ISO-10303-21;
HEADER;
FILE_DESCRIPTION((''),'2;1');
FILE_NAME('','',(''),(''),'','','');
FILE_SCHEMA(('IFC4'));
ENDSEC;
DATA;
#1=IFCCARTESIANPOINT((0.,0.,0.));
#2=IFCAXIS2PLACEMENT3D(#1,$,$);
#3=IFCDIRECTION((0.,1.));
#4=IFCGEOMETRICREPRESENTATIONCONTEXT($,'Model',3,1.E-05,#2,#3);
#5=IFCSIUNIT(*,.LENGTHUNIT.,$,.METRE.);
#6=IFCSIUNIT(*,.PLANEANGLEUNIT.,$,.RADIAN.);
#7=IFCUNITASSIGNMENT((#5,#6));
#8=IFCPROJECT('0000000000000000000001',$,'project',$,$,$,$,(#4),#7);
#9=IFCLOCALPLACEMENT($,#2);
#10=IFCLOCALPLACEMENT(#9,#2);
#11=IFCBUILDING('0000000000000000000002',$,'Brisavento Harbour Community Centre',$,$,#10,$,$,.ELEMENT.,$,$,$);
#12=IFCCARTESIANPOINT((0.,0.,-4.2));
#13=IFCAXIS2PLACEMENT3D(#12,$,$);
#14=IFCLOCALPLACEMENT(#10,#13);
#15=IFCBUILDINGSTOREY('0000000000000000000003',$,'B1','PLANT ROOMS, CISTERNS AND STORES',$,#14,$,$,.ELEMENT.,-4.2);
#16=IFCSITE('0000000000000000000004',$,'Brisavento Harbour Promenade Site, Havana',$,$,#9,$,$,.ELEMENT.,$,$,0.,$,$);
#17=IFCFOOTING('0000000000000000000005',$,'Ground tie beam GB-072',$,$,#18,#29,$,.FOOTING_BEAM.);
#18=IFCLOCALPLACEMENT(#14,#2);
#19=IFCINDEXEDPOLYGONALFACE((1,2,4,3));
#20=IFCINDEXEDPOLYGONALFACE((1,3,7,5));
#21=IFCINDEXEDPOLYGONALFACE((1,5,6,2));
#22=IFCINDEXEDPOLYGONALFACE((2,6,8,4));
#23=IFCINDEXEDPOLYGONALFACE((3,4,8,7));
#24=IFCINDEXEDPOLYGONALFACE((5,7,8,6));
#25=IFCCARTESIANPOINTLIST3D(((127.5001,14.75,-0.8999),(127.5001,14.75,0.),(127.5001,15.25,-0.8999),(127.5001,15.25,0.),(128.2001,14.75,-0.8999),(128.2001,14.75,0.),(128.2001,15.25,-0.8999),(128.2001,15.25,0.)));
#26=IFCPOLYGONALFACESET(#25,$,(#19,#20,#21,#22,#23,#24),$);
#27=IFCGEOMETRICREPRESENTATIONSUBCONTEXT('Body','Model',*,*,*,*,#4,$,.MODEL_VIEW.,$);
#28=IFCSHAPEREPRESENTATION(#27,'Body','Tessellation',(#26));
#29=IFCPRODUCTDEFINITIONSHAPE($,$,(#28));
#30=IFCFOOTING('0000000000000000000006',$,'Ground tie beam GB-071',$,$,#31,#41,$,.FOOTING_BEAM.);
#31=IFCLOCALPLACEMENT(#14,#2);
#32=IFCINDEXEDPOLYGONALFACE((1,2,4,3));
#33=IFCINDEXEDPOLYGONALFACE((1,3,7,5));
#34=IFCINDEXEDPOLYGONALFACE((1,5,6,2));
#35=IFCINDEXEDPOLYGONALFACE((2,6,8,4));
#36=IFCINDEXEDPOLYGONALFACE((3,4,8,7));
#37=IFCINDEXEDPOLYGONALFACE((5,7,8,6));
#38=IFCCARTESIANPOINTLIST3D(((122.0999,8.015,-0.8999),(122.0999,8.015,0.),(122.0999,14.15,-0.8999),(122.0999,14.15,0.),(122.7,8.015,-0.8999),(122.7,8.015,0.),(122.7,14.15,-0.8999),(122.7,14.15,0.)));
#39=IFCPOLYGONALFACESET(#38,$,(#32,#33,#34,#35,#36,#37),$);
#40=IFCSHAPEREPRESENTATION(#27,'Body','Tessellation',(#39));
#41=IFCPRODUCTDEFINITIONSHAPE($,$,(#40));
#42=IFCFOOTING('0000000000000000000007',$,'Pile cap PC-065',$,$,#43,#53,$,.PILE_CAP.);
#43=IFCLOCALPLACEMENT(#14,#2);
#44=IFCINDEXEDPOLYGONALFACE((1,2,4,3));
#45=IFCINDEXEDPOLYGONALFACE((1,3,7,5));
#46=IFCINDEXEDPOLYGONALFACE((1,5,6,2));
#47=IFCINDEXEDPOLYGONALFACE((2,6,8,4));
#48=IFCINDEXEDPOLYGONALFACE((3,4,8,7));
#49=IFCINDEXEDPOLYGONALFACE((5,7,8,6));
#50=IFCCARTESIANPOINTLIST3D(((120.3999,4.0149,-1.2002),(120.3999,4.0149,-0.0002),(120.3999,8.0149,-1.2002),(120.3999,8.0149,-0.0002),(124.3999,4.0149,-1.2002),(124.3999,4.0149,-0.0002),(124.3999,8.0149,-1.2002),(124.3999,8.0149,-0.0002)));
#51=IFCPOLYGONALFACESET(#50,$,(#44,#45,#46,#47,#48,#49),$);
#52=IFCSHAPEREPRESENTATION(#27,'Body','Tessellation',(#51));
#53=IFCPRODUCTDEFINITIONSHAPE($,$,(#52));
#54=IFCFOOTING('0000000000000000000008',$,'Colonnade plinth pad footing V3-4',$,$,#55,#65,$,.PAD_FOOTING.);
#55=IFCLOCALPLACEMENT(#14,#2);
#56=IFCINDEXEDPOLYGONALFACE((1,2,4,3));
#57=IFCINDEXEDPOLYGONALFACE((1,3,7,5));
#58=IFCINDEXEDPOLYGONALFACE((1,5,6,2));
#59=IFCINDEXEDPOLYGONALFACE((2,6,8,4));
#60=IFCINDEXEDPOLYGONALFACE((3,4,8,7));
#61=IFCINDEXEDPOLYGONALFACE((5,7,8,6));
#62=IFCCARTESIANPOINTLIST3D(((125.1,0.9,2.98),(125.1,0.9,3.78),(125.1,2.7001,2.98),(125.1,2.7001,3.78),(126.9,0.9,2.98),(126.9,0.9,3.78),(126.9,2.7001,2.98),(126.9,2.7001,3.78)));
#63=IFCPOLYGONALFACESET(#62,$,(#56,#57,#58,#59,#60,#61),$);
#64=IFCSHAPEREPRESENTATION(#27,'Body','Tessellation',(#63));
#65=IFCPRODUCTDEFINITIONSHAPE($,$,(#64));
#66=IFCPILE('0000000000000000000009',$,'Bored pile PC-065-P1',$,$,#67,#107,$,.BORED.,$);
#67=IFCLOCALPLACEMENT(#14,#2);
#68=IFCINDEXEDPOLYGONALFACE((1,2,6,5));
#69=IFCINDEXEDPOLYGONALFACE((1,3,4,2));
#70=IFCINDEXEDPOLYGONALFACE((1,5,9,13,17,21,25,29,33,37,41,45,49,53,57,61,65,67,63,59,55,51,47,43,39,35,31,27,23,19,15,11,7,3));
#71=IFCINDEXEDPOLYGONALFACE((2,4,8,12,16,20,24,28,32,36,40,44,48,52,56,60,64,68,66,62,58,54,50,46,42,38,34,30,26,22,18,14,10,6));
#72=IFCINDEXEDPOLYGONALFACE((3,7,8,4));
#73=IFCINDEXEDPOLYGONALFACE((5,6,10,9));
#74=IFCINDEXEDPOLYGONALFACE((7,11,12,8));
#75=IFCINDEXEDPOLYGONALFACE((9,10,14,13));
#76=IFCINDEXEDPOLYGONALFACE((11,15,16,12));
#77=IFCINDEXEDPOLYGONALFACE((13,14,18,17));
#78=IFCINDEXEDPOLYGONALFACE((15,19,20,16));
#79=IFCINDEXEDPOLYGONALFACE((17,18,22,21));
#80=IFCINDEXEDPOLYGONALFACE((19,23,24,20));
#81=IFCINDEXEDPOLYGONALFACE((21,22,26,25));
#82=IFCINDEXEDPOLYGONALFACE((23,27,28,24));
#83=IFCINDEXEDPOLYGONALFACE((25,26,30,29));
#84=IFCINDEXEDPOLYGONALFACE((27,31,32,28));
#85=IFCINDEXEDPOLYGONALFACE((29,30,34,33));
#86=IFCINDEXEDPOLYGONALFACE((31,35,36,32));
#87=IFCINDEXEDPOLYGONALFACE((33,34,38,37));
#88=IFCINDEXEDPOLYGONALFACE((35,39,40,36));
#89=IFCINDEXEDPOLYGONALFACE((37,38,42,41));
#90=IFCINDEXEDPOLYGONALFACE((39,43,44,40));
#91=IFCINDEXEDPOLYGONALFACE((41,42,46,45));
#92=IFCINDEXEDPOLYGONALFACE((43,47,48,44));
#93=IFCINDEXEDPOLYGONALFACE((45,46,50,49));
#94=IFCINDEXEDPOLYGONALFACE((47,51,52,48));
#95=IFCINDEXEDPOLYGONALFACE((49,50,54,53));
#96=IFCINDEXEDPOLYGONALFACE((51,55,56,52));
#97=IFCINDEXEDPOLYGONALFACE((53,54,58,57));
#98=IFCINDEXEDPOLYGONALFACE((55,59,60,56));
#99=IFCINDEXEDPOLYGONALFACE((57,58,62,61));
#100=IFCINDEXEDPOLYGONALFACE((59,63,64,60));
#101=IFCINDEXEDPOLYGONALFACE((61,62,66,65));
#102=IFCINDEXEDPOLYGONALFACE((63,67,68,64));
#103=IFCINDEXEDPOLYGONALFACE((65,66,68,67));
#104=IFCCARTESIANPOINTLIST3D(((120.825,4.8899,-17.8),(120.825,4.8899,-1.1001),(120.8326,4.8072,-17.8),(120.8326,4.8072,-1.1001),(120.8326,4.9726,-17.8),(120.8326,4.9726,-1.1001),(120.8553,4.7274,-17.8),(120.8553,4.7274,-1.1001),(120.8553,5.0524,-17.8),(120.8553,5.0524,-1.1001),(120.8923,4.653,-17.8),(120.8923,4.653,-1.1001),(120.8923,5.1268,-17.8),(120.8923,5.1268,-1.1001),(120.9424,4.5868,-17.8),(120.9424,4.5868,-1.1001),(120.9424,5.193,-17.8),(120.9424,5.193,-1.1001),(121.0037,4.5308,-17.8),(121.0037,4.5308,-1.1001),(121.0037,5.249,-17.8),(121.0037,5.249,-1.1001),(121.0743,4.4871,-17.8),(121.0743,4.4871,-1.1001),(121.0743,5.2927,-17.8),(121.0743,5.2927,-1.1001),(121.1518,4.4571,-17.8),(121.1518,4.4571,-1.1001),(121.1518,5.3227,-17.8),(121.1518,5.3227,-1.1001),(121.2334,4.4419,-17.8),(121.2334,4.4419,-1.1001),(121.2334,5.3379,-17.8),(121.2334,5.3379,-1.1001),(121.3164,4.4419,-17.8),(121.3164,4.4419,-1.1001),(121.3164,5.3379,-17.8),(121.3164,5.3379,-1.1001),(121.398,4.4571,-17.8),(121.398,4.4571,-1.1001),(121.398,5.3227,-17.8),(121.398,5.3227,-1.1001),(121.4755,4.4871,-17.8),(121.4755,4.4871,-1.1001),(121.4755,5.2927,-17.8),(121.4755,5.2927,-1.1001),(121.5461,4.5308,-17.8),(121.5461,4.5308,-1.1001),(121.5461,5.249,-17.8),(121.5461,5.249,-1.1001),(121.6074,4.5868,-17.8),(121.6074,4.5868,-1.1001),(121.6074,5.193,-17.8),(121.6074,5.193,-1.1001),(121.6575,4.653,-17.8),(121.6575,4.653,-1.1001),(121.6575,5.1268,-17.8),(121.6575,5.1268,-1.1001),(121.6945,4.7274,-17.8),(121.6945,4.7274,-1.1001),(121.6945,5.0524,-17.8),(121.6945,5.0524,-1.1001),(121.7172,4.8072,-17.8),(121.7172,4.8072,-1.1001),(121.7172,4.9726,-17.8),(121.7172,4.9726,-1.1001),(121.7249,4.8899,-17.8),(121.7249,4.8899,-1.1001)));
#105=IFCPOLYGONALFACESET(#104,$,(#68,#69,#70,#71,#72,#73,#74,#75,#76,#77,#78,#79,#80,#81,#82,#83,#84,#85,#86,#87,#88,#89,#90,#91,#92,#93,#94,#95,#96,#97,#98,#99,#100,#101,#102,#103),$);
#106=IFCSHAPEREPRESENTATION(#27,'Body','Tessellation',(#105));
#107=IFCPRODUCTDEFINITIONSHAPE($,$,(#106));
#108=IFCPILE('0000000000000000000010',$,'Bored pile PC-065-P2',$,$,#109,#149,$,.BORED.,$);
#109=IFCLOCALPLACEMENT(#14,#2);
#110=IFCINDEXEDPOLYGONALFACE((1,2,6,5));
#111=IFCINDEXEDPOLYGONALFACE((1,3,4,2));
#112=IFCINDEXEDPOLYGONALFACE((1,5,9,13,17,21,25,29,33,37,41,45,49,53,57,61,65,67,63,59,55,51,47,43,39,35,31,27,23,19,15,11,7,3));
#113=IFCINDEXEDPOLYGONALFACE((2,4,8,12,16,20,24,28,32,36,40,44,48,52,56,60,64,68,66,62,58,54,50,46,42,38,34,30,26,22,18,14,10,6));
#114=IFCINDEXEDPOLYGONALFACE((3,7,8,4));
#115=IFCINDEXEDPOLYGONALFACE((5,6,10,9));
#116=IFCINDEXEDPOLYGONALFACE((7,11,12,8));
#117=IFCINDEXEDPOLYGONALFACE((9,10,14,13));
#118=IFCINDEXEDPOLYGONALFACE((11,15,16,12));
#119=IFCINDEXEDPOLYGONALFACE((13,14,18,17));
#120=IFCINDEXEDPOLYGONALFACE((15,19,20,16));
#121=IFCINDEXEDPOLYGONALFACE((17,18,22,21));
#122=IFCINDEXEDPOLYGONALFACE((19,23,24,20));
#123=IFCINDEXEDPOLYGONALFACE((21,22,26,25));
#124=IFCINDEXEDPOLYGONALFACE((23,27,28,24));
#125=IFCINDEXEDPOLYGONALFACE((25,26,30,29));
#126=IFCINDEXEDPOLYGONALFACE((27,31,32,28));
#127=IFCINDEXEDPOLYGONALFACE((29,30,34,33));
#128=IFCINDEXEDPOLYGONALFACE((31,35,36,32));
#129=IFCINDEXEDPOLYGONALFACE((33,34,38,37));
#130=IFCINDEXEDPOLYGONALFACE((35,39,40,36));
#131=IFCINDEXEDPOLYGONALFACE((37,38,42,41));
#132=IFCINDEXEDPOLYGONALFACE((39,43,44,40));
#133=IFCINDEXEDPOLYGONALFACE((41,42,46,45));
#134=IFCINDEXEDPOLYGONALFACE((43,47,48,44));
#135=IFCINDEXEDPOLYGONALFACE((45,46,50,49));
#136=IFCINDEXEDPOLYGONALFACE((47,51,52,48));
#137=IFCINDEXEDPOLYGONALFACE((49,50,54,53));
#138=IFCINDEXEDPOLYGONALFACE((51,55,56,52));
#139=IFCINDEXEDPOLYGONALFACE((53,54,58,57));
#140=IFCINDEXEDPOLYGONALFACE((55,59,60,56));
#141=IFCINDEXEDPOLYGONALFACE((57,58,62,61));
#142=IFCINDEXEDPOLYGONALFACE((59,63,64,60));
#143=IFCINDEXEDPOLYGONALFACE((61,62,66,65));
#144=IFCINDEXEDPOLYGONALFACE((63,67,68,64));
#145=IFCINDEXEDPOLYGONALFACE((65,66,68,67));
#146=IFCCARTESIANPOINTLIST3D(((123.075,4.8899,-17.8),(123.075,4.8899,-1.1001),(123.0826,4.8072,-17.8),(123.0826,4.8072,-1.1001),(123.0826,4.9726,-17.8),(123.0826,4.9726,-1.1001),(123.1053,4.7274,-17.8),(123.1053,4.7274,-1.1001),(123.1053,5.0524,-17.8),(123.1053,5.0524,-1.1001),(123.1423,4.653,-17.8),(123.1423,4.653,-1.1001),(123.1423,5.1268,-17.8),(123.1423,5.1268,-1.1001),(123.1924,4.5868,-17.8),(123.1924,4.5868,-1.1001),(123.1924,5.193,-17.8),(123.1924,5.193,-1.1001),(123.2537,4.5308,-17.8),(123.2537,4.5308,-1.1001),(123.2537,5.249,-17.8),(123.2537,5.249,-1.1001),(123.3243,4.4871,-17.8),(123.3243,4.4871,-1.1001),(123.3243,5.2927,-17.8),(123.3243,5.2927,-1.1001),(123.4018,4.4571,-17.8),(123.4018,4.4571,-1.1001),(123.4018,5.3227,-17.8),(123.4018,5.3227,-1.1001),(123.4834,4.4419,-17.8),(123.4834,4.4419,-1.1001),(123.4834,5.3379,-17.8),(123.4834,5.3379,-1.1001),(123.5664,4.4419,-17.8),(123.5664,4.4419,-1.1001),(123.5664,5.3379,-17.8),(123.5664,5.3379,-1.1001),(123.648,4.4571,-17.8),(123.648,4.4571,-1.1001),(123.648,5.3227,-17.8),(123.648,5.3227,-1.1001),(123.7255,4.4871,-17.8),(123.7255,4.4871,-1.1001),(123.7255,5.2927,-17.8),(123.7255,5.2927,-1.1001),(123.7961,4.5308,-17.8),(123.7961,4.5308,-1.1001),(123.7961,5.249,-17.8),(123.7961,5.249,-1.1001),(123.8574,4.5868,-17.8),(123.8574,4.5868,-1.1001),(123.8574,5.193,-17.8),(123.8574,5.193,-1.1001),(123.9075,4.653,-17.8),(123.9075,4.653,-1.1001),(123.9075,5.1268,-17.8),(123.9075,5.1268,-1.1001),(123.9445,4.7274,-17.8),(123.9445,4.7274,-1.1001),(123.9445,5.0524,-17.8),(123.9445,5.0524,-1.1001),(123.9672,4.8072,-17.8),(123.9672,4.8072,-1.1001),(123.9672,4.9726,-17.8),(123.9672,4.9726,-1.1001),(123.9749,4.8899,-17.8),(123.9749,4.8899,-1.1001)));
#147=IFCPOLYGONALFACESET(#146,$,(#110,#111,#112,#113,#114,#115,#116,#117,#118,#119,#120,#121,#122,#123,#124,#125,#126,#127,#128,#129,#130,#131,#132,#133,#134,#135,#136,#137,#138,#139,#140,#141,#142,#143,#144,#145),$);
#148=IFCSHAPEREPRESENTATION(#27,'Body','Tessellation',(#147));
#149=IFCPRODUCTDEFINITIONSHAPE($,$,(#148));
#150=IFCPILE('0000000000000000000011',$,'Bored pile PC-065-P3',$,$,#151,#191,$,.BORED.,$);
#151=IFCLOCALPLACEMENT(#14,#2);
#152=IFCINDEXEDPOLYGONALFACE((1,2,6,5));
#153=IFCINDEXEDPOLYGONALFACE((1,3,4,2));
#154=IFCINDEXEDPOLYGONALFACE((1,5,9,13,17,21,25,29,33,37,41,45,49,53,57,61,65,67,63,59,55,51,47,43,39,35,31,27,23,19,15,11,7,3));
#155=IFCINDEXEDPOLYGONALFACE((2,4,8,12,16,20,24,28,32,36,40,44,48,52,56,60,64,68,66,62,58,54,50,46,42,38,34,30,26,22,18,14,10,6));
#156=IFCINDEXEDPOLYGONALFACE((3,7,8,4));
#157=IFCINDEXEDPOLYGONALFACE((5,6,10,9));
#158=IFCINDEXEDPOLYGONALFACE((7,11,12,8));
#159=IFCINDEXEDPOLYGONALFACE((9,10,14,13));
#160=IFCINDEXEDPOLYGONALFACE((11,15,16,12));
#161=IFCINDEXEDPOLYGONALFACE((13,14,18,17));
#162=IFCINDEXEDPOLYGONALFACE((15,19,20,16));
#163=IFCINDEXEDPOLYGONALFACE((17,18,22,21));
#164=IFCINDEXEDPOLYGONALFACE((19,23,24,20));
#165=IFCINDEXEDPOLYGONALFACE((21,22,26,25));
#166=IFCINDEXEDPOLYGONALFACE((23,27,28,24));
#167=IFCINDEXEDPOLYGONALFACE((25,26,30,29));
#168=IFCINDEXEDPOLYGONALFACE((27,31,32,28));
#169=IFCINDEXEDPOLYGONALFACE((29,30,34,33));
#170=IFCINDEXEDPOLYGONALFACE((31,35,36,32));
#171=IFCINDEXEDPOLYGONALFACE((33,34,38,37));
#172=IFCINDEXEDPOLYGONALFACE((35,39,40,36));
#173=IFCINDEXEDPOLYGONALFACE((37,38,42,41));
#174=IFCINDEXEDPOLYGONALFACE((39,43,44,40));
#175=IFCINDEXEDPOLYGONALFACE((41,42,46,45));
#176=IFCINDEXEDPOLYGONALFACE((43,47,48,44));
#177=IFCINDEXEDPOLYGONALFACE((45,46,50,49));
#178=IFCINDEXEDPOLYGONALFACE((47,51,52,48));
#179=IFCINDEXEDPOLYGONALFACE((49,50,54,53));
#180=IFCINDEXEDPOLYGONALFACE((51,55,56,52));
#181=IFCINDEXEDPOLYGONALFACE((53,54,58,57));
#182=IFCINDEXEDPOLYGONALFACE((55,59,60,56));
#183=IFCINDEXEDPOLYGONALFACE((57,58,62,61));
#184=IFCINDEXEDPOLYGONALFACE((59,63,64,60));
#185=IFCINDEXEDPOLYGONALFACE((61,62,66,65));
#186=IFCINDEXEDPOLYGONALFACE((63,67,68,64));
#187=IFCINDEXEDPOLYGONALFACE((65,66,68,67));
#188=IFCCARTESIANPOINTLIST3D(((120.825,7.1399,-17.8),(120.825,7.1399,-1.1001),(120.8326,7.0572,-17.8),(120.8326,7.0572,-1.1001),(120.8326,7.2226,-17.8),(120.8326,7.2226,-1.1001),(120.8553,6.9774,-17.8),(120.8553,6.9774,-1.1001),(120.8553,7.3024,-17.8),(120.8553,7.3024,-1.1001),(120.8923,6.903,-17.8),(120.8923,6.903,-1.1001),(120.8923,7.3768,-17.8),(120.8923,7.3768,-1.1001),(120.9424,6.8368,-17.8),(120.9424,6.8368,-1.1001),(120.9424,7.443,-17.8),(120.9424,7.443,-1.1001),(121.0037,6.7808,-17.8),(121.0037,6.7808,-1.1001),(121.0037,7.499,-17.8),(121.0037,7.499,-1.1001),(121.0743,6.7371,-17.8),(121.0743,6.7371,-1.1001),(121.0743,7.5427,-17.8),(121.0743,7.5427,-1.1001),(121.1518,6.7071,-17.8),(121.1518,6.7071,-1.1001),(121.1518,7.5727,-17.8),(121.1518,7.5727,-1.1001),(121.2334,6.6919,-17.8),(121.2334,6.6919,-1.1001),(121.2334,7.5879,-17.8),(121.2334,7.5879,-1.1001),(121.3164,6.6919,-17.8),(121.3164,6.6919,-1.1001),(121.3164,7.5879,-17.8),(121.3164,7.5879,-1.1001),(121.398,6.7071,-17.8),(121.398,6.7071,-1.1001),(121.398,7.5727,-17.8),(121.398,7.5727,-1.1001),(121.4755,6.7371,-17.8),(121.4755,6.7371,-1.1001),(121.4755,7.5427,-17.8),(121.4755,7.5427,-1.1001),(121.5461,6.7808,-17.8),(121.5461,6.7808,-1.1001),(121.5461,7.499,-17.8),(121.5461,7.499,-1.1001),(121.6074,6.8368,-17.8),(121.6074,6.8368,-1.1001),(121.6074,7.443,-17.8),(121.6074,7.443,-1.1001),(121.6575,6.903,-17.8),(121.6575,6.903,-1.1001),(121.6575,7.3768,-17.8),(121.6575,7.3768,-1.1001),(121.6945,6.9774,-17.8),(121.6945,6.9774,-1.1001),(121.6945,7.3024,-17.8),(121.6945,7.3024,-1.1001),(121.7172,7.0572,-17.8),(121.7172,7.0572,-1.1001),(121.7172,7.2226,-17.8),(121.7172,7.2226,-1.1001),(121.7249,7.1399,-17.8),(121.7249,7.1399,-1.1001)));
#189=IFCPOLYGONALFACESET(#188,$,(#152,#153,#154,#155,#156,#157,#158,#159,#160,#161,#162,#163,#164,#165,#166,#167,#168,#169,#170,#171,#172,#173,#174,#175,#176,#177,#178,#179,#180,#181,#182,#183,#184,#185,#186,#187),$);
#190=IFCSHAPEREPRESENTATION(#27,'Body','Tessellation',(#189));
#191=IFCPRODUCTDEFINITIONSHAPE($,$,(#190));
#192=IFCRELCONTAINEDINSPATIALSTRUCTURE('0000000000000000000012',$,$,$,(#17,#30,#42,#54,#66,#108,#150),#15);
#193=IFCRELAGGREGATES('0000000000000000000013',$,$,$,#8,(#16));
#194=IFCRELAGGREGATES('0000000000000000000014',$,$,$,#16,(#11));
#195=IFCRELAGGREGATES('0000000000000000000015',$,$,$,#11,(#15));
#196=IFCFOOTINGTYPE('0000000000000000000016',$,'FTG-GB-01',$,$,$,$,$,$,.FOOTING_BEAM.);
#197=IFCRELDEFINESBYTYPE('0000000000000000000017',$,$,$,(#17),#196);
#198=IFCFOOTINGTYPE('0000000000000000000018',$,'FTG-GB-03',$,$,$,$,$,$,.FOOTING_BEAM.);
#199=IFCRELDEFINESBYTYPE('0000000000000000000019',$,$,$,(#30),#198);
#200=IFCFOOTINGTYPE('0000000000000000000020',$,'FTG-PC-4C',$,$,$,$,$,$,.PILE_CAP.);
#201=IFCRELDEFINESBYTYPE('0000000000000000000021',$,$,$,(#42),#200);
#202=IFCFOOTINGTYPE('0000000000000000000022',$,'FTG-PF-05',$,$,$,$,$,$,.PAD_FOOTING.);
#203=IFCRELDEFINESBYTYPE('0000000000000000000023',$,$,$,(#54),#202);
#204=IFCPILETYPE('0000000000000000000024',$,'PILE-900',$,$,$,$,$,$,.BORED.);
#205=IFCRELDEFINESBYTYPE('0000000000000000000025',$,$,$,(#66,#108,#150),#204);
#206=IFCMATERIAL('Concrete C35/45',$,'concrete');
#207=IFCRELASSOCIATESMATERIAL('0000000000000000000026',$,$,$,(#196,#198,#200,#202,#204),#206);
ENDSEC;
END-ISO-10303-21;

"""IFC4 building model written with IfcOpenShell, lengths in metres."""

from ifc_helpers import new_model, si_unit, direction, frame, origin, origin_2d, place, context, subcontext, project, spatial, rectangle, circle, extrude, material, material_profile, profile_set, type_object, element, save


model = new_model("IFC4")

# Units and contexts
model_context = context("Model", 3, precision=1e-05, world=origin(), true_north=direction((0.0, 1.0)))
body_context = subcontext(model_context, "Body", "Model", "MODEL_VIEW")
ifc_project = project(units=[si_unit("LENGTHUNIT", "METRE"), si_unit("PLANEANGLEUNIT", "RADIAN")], contexts=[model_context])

# Site, building, storey
site_placement = place(None, origin())
site = spatial("IfcSite", under=ifc_project, at=site_placement, Name="Brisavento Harbour Promenade Site, Havana", CompositionType="ELEMENT", RefElevation=0.0)
building_placement = place(site_placement, origin())
building = spatial("IfcBuilding", under=site, at=building_placement, Name="Brisavento Harbour Community Centre", CompositionType="ELEMENT")
storey_placement = place(building_placement, frame((0.0, 0.0, -4.2)))
storey = spatial("IfcBuildingStorey", under=building, at=storey_placement, Name="B1", Description="PLANT ROOMS, CISTERNS AND STORES", CompositionType="ELEMENT", Elevation=-4.2)

# Footings
ifc_material_1 = material(Name="Concrete C35/45", Category="concrete")
footing_type_1 = type_object("IfcFootingType", Name="FTG-GB-01", PredefinedType="FOOTING_BEAM", material=ifc_material_1)
footing_1_placement = place(storey_placement, frame((127.8501, 15.0, -0.8999), z_axis=(0.0, 0.0, 1.0), x_axis=(1.0, 0.0, 0.0)))
element("IfcFooting", 1, at=footing_1_placement, inside=storey, type_object=footing_type_1, Name="Ground tie beam GB-072", PredefinedType="FOOTING_BEAM", context=body_context, shape_type="SweptSolid", body=[
    extrude(rectangle(XDim=0.7, YDim=0.5, at=origin_2d()), origin(), (0.0, 0.0, 1.0), 0.8999),
])
footing_type_2 = type_object("IfcFootingType", Name="FTG-GB-03", PredefinedType="FOOTING_BEAM", material=ifc_material_1)
footing_2_placement = place(storey_placement, frame((122.3999, 11.0825, -0.8999), z_axis=(0.0, 0.0, 1.0), x_axis=(1.0, 0.0, 0.0)))
element("IfcFooting", 2, at=footing_2_placement, inside=storey, type_object=footing_type_2, Name="Ground tie beam GB-071", PredefinedType="FOOTING_BEAM", context=body_context, shape_type="SweptSolid", body=[
    extrude(rectangle(XDim=0.6001, YDim=6.135, at=origin_2d()), origin(), (0.0, 0.0, 1.0), 0.8999),
])
footing_type_3 = type_object("IfcFootingType", Name="FTG-PC-4C", PredefinedType="PILE_CAP", material=ifc_material_1)
footing_3_placement = place(storey_placement, frame((122.3999, 6.0149, -1.2002), z_axis=(0.0, 0.0, 1.0), x_axis=(1.0, 0.0, 0.0)))
element("IfcFooting", 3, at=footing_3_placement, inside=storey, type_object=footing_type_3, Name="Pile cap PC-065", PredefinedType="PILE_CAP", context=body_context, shape_type="SweptSolid", body=[
    extrude(rectangle(XDim=4.0, YDim=4.0, at=origin_2d()), origin(), (0.0, 0.0, 1.0), 1.2),
])
footing_type_4 = type_object("IfcFootingType", Name="FTG-PF-05", PredefinedType="PAD_FOOTING", material=ifc_material_1)
footing_4_placement = place(storey_placement, frame((126.0, 1.8, 2.98), z_axis=(0.0, 0.0, 1.0), x_axis=(1.0, 0.0, 0.0)))
element("IfcFooting", 4, at=footing_4_placement, inside=storey, type_object=footing_type_4, Name="Colonnade plinth pad footing V3-4", PredefinedType="PAD_FOOTING", context=body_context, shape_type="SweptSolid", body=[
    extrude(rectangle(XDim=1.8, YDim=1.8, at=origin_2d()), origin(), (0.0, 0.0, 1.0), 0.8),
])

# Piles
ifc_material_profile_1 = material_profile(ifc_material_1, circle(Radius=0.45, at=origin_2d()), Name="Concrete C35/45")
ifc_profile_set_1 = profile_set([ifc_material_profile_1], Name="Concrete C35/45")
pile_type = type_object("IfcPileType", Name="PILE-900", PredefinedType="BORED", material=ifc_profile_set_1)
for number, where, z_axis, x_axis, name in (
    (5, (121.2749, 4.8899, -1.1001), (0.0, 0.0, -1.0), (1.0, 0.0, 0.0), "Bored pile PC-065-P1"),
    (6, (123.5249, 4.8899, -1.1001), (0.0, 0.0, -1.0), (1.0, 0.0, 0.0), "Bored pile PC-065-P2"),
    (7, (121.2749, 7.1399, -1.1001), (0.0, 0.0, -1.0), (1.0, 0.0, 0.0), "Bored pile PC-065-P3"),
):
    element("IfcPile", number, at=place(storey_placement, frame(where, z_axis=z_axis, x_axis=x_axis)), inside=storey, type_object=pile_type, Name=name, PredefinedType="BORED", context=body_context, shape_type="SweptSolid", body=[
        extrude(circle(Radius=0.45, at=origin_2d()), origin(), (0.0, 0.0, 1.0), 16.7),
    ])

save(model, "model.ifc")
